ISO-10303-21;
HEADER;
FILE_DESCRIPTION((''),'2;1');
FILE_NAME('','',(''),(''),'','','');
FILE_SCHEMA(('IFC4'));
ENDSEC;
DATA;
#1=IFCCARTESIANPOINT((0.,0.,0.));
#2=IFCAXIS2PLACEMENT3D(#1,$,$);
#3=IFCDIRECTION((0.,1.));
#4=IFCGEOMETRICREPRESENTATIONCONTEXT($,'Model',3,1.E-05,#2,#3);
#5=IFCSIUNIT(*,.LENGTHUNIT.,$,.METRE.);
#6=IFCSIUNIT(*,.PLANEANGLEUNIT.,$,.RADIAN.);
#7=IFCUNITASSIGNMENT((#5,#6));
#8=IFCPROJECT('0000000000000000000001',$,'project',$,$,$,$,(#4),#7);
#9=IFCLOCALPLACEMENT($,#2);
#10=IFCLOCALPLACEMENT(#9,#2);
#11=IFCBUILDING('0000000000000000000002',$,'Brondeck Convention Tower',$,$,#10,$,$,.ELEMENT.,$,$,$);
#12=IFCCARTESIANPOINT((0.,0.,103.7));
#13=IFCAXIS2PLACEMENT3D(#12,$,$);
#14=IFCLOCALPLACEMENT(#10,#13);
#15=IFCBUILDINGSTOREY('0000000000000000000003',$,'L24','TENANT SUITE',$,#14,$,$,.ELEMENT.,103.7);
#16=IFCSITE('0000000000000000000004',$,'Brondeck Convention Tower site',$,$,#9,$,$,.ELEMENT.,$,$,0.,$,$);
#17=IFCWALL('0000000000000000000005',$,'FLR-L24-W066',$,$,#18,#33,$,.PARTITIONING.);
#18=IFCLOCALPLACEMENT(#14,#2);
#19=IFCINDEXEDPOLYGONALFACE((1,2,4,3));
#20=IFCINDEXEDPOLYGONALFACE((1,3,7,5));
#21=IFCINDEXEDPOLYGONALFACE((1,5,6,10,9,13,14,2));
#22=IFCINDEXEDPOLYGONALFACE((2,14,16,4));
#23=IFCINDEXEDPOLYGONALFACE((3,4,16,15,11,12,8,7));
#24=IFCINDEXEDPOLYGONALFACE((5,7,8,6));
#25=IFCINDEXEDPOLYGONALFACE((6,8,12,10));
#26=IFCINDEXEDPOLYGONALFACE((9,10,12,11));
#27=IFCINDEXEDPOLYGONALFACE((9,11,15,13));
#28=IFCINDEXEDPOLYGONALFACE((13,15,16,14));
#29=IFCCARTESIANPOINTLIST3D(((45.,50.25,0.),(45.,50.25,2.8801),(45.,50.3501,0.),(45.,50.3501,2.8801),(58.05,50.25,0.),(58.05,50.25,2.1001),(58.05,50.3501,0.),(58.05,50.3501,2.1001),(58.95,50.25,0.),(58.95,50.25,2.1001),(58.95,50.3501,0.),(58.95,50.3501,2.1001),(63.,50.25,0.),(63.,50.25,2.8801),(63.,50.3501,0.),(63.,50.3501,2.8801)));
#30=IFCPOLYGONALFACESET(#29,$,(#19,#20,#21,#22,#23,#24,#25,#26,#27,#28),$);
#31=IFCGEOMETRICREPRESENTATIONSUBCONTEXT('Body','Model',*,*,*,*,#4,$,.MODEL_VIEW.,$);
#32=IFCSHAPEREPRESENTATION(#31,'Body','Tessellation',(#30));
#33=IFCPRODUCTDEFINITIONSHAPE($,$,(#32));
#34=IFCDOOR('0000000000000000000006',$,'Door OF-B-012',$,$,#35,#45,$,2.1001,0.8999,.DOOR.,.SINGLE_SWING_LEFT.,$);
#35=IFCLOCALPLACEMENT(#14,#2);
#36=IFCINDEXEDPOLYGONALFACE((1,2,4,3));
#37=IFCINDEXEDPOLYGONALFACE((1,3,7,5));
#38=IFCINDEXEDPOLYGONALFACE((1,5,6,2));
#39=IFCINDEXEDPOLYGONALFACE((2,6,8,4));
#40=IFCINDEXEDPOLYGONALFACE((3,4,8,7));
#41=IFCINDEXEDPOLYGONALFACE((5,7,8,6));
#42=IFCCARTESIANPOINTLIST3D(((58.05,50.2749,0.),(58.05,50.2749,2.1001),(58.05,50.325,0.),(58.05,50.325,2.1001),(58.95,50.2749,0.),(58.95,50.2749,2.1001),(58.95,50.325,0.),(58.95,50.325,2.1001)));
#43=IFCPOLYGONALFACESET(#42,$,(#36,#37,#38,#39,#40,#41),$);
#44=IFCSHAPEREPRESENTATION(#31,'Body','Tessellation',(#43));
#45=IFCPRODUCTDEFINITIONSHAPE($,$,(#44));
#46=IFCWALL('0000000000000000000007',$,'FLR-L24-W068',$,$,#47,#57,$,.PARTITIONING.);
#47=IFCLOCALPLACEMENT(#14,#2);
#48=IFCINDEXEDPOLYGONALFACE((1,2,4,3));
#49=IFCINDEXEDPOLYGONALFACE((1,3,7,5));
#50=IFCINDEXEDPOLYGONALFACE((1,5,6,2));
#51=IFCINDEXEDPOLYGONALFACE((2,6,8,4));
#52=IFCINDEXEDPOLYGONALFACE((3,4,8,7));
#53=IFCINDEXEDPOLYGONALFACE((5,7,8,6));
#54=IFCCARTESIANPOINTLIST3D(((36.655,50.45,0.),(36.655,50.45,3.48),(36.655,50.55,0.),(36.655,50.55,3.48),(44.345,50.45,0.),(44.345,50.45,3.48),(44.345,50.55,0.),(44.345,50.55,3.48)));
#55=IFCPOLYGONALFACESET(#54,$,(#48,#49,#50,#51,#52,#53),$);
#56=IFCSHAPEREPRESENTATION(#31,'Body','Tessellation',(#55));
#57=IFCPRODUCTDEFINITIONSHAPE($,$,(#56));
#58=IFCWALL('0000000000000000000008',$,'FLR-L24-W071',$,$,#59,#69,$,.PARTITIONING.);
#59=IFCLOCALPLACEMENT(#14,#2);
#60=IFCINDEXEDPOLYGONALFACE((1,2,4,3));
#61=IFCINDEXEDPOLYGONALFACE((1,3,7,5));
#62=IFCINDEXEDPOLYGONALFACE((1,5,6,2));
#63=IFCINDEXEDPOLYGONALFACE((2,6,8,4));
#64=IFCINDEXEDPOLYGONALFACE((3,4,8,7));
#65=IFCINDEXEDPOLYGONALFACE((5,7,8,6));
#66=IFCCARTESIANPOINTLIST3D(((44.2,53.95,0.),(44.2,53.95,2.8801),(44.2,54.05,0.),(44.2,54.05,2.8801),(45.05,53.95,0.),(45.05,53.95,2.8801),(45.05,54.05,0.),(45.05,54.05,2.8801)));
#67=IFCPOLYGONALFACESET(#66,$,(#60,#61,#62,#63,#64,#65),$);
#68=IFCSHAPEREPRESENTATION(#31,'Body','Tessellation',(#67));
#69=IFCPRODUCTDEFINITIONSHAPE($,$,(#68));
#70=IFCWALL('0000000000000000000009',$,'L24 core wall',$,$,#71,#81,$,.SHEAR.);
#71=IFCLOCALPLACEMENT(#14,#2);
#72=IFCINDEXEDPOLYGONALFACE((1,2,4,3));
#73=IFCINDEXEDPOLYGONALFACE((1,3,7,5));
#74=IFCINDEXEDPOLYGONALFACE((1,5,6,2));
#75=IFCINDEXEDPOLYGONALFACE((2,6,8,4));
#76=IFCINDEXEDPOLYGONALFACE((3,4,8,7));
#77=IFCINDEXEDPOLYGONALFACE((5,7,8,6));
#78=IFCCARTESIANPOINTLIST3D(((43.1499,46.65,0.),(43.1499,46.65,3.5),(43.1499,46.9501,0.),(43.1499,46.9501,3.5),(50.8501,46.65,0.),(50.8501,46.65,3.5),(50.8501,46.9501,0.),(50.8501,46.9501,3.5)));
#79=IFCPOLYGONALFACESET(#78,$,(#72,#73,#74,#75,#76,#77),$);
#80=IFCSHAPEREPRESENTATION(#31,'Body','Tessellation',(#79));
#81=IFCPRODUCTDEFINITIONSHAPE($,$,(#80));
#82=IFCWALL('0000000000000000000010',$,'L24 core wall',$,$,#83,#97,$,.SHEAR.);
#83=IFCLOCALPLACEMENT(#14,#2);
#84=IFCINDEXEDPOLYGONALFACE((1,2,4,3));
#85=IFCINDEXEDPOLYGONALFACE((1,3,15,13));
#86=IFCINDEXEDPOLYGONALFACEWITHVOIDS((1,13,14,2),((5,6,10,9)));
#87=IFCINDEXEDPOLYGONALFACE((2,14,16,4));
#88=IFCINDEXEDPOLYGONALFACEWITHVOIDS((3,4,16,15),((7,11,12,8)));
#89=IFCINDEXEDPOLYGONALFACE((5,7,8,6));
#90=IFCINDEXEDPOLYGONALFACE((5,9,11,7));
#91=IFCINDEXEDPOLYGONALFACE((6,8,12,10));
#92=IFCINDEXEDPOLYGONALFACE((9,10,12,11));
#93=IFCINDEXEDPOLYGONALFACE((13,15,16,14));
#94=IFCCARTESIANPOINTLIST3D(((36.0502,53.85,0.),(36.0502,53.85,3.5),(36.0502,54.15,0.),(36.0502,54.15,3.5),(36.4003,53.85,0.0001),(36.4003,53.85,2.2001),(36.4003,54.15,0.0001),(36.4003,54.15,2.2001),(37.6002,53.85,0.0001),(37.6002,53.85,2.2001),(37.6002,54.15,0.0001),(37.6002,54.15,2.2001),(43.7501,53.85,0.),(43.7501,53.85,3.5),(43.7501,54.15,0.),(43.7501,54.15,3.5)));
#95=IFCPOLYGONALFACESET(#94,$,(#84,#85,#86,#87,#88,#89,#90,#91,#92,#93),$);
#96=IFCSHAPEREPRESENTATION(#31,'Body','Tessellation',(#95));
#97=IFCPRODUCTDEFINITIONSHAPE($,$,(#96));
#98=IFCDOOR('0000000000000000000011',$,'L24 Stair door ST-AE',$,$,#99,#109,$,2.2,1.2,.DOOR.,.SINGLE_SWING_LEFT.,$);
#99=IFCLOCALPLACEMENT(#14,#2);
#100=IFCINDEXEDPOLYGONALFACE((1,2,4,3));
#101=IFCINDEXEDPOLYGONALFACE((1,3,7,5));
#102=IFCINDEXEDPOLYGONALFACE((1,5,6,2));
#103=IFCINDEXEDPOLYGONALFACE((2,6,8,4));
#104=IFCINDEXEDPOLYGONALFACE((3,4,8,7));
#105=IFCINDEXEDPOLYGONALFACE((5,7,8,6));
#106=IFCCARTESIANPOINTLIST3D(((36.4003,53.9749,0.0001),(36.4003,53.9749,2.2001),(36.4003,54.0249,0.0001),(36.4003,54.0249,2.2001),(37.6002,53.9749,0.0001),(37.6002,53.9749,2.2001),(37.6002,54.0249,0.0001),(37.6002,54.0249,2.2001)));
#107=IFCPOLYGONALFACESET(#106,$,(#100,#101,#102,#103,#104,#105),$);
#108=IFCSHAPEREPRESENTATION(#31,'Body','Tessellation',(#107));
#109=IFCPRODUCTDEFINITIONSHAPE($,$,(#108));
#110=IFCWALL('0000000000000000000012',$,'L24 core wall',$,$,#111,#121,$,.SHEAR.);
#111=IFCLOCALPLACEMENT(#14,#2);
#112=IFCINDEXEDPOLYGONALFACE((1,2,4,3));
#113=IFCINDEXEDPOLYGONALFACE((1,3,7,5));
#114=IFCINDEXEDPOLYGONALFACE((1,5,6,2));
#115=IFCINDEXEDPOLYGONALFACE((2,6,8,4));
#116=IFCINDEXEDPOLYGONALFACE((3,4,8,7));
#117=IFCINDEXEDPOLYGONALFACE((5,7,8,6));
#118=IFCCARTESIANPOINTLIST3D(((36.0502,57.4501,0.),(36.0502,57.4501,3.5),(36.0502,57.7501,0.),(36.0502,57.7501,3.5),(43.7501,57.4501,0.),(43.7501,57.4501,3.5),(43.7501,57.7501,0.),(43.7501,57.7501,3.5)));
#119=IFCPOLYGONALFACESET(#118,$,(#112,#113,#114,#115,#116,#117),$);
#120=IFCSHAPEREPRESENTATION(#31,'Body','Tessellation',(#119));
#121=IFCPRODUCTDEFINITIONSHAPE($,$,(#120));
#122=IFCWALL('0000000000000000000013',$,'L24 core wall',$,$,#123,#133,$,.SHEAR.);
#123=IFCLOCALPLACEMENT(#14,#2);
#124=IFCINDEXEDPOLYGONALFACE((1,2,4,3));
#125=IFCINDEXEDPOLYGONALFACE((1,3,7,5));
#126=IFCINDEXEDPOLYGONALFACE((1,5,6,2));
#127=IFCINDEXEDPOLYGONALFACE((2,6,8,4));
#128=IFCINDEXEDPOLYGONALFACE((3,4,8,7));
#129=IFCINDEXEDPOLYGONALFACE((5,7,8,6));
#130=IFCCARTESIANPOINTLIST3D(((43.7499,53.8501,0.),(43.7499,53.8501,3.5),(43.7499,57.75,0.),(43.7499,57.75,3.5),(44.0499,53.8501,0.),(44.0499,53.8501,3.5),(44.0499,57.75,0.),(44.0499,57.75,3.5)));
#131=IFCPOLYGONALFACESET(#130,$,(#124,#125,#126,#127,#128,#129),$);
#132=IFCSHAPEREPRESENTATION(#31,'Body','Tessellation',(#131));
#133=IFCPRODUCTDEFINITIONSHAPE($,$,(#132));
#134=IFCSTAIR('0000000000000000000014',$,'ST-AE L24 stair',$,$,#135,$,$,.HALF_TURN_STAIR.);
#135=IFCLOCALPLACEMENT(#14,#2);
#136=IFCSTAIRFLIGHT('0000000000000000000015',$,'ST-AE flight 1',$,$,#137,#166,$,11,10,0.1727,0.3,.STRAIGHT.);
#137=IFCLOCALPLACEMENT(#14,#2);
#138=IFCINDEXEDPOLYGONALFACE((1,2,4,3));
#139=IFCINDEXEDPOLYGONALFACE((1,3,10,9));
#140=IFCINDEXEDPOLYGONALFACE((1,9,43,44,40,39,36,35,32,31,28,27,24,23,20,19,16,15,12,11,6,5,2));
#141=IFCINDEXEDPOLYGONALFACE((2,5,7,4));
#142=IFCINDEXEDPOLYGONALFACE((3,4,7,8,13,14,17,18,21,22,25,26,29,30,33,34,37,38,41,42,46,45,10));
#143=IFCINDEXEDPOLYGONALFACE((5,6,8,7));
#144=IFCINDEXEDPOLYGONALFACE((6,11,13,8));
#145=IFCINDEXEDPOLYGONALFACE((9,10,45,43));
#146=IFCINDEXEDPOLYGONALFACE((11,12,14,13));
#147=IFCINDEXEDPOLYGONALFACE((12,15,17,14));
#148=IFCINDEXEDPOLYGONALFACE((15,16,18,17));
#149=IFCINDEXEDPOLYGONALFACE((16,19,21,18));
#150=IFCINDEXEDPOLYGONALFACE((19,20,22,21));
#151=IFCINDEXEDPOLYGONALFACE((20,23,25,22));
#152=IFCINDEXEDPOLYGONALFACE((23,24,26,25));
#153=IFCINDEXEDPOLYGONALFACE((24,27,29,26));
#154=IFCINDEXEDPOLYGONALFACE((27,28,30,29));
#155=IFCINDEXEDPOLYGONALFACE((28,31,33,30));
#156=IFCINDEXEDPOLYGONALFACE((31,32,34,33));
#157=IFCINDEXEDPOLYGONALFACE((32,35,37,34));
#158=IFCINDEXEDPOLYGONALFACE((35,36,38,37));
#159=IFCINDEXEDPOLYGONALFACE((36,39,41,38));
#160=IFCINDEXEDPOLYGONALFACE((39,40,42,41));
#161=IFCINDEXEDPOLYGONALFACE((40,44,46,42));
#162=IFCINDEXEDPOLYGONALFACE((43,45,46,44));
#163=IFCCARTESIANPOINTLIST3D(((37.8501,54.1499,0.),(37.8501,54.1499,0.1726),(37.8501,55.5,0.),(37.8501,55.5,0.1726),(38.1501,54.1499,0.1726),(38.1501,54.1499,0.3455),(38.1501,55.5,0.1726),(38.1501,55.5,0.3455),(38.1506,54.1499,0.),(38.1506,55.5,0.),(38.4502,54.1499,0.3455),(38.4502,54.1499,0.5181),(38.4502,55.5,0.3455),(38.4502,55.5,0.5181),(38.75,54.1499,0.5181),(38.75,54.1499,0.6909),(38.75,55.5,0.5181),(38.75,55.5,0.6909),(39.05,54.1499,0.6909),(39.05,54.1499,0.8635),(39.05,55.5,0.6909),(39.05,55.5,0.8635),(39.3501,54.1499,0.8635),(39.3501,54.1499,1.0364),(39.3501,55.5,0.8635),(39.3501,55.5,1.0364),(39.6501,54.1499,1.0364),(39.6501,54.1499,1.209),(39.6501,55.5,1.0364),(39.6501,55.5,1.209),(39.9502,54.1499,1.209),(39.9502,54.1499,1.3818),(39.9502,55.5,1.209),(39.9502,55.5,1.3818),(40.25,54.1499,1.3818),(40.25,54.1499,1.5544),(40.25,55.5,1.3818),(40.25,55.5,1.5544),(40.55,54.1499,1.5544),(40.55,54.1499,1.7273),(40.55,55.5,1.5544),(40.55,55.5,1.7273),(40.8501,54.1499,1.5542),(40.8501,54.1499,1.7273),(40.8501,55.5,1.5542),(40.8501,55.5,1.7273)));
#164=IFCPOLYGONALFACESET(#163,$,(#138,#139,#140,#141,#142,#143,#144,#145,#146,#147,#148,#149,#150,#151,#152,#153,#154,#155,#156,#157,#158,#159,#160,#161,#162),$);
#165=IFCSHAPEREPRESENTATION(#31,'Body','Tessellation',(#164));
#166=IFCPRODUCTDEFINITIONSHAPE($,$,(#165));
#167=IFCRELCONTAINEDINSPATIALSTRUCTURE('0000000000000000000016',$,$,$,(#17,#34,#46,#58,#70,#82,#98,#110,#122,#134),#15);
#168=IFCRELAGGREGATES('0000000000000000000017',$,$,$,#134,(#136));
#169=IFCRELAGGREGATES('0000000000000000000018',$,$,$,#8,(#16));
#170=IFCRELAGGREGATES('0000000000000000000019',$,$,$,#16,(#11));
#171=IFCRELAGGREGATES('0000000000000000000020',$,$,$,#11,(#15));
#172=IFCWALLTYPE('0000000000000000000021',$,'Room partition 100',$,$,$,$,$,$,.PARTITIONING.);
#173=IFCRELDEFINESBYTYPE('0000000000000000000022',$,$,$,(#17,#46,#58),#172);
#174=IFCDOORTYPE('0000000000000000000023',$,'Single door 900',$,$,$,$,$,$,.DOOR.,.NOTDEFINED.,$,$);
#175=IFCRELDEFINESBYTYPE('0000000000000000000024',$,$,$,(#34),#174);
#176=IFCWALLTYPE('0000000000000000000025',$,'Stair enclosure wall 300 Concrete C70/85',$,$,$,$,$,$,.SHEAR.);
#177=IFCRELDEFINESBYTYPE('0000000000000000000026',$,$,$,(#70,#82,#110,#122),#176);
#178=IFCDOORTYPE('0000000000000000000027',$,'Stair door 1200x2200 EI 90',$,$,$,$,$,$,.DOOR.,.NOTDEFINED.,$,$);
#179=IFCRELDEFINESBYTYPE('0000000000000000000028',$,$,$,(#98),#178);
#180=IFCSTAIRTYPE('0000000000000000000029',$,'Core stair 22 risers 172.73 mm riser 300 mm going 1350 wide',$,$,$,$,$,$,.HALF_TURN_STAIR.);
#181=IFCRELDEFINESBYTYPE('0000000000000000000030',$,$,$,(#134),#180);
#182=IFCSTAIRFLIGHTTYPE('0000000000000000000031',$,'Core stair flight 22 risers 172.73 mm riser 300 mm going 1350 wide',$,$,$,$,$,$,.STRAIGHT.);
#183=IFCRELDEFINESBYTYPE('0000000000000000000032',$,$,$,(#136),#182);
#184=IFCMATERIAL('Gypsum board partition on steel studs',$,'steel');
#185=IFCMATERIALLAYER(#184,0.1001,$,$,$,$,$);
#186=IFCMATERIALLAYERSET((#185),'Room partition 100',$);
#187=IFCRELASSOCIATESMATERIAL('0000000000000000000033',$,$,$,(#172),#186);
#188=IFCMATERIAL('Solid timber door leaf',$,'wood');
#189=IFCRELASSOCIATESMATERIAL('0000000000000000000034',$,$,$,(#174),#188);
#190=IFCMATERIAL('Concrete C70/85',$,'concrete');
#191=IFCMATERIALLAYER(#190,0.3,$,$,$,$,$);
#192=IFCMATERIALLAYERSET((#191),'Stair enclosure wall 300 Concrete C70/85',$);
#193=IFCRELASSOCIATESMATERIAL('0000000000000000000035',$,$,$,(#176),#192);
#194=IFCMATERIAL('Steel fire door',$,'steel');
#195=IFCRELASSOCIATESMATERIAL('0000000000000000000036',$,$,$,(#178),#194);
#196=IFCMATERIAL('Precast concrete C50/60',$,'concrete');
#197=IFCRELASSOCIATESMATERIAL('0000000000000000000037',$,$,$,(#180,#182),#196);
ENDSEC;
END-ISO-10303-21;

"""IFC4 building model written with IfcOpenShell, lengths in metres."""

from ifc_helpers import new_model, si_unit, direction, frame, frame_2d, origin, place, context, subcontext, project, spatial, polyline, rectangle, outline, extrude, material, layer, layer_set, type_object, element, fill, aggregate, save


model = new_model("IFC4")

# Units and contexts
model_context = context("Model", 3, precision=1e-05, world=origin(), true_north=direction((0.0, 1.0)))
body_context = subcontext(model_context, "Body", "Model", "MODEL_VIEW")
ifc_project = project(units=[si_unit("LENGTHUNIT", "METRE"), si_unit("PLANEANGLEUNIT", "RADIAN")], contexts=[model_context])

# Site, building, storey
site_placement = place(None, origin())
site = spatial("IfcSite", under=ifc_project, at=site_placement, Name="Brondeck Convention Tower site", CompositionType="ELEMENT", RefElevation=0.0)
building_placement = place(site_placement, origin())
building = spatial("IfcBuilding", under=site, at=building_placement, Name="Brondeck Convention Tower", CompositionType="ELEMENT")
storey_placement = place(building_placement, frame((0.0, 0.0, 103.7)))
storey = spatial("IfcBuildingStorey", under=building, at=storey_placement, Name="L24", Description="TENANT SUITE", CompositionType="ELEMENT", Elevation=103.7)

# Shared definitions
ifc_material_1 = material(Name="Concrete C70/85", Category="concrete")

# Shared definitions
ifc_material_2 = material(Name="Gypsum board partition on steel studs", Category="steel")
ifc_layer_1 = layer(ifc_material_2, 0.1001)
ifc_layer_set_1 = layer_set([ifc_layer_1], Name="Room partition 100")
wall_type_1 = type_object("IfcWallType", Name="Room partition 100", PredefinedType="PARTITIONING", material=ifc_layer_set_1)

# Wall, opening, door
ifc_material_3 = material(Name="Solid timber door leaf", Category="wood")
door_type_1 = type_object("IfcDoorType", Name="Single door 900", OperationType="NOTDEFINED", PredefinedType="DOOR", material=ifc_material_3)
wall_1_placement = place(storey_placement, frame((45.0, 50.3, 0.0), z_axis=(0.0, 0.0, 1.0), x_axis=(1.0, 0.0, 0.0)))
wall_1 = element("IfcWall", 1, at=wall_1_placement, inside=storey, type_object=wall_type_1, Name="FLR-L24-W066", PredefinedType="PARTITIONING", context=body_context, shape_type="SweptSolid", body=[
    extrude(rectangle(XDim=18.0, YDim=0.1001, at=frame_2d((9.0, 0.0))), origin(), (0.0, 0.0, 1.0), 2.8801),
])
opening_1_placement = place(wall_1_placement, frame((13.05, 0.0, 0.0)))
opening_1 = element("IfcOpeningElement", 2, at=opening_1_placement, cuts=wall_1, PredefinedType="OPENING", context=body_context, shape_type="SweptSolid", body=[
    extrude(rectangle(XDim=0.8999, YDim=2.1001, at=frame_2d((0.45, 1.05))), frame((0.0, 0.0601, 0.0), z_axis=(0.0, -1.0, 0.0), x_axis=(1.0, 0.0, 0.0)), (0.0, 0.0, 1.0), 0.1201),
])
door_1_placement = place(opening_1_placement, origin())
door_1 = element("IfcDoor", 3, at=door_1_placement, inside=storey, type_object=door_type_1, Name="Door OF-B-012", OperationType="SINGLE_SWING_LEFT", OverallHeight=2.1001, OverallWidth=0.8999, PredefinedType="DOOR", context=body_context, shape_type="SweptSolid", body=[
    extrude(rectangle(XDim=0.8999, YDim=2.1001, at=frame_2d((0.45, 1.05))), frame((0.0, 0.0249, 0.0), z_axis=(0.0, -1.0, 0.0), x_axis=(1.0, 0.0, 0.0)), (0.0, 0.0, 1.0), 0.05),
])
fill(opening_1, door_1)

# Walls
wall_2_placement = place(storey_placement, frame((44.345, 50.5, 0.0), z_axis=(0.0, 0.0, 1.0), x_axis=(-1.0, 0.0, 0.0)))
element("IfcWall", 4, at=wall_2_placement, inside=storey, type_object=wall_type_1, Name="FLR-L24-W068", PredefinedType="PARTITIONING", context=body_context, shape_type="SweptSolid", body=[
    extrude(rectangle(XDim=7.6899, YDim=0.1001, at=frame_2d((3.845, 0.0))), origin(), (0.0, 0.0, 1.0), 3.48),
])
wall_3_placement = place(storey_placement, frame((44.2, 54.0, 0.0), z_axis=(0.0, 0.0, 1.0), x_axis=(1.0, 0.0, 0.0)))
element("IfcWall", 5, at=wall_3_placement, inside=storey, type_object=wall_type_1, Name="FLR-L24-W071", PredefinedType="PARTITIONING", context=body_context, shape_type="SweptSolid", body=[
    extrude(rectangle(XDim=0.8501, YDim=0.1001, at=frame_2d((0.425, 0.0))), origin(), (0.0, 0.0, 1.0), 2.8801),
])
ifc_layer_2 = layer(ifc_material_1, 0.3)
ifc_layer_set_2 = layer_set([ifc_layer_2], Name="Stair enclosure wall 300 Concrete C70/85")
wall_type_2 = type_object("IfcWallType", Name="Stair enclosure wall 300 Concrete C70/85", PredefinedType="SHEAR", material=ifc_layer_set_2)
wall_4_placement = place(storey_placement, frame((43.1499, 46.8, 0.0), z_axis=(0.0, 0.0, 1.0), x_axis=(1.0, 0.0, 0.0)))
element("IfcWall", 6, at=wall_4_placement, inside=storey, type_object=wall_type_2, Name="L24 core wall", PredefinedType="SHEAR", context=body_context, shape_type="SweptSolid", body=[
    extrude(rectangle(XDim=7.7002, YDim=0.3, at=frame_2d((3.8501, 0.0))), origin(), (0.0, 0.0, 1.0), 3.5),
])

# Wall, opening, door
wall_5_placement = place(storey_placement, frame((36.05, 54.0, 0.0), z_axis=(0.0, 0.0, 1.0), x_axis=(1.0, 0.0, 0.0)))
wall_5 = element("IfcWall", 7, at=wall_5_placement, inside=storey, type_object=wall_type_2, Name="L24 core wall", PredefinedType="SHEAR", context=body_context, shape_type="SweptSolid", body=[
    extrude(rectangle(XDim=7.7, YDim=0.3, at=frame_2d((3.8501, 0.0))), origin(), (0.0, 0.0, 1.0), 3.5),
])
opening_2_placement = place(wall_5_placement, frame((0.3501, 0.0, 0.0)))
opening_2 = element("IfcOpeningElement", 8, at=opening_2_placement, cuts=wall_5, PredefinedType="OPENING", context=body_context, shape_type="SweptSolid", body=[
    extrude(rectangle(XDim=1.2, YDim=2.2, at=frame_2d((0.6001, 1.1001))), frame((0.0, 0.1599, 0.0), z_axis=(0.0, -1.0, 0.0), x_axis=(1.0, 0.0, 0.0)), (0.0, 0.0, 1.0), 0.3201),
])
ifc_material_4 = material(Name="Steel fire door", Category="steel")
door_type_2 = type_object("IfcDoorType", Name="Stair door 1200x2200 EI 90", OperationType="NOTDEFINED", PredefinedType="DOOR", material=ifc_material_4)
door_2_placement = place(opening_2_placement, origin())
door_2 = element("IfcDoor", 9, at=door_2_placement, inside=storey, type_object=door_type_2, Name="L24 Stair door ST-AE", OperationType="SINGLE_SWING_LEFT", OverallHeight=2.2, OverallWidth=1.2, PredefinedType="DOOR", context=body_context, shape_type="SweptSolid", body=[
    extrude(rectangle(XDim=1.2, YDim=2.2, at=frame_2d((0.6001, 1.1001))), frame((0.0, 0.0249, 0.0), z_axis=(0.0, -1.0, 0.0), x_axis=(1.0, 0.0, 0.0)), (0.0, 0.0, 1.0), 0.05),
])
fill(opening_2, door_2)

# Walls
wall_6_placement = place(storey_placement, frame((36.05, 57.6001, 0.0), z_axis=(0.0, 0.0, 1.0), x_axis=(1.0, 0.0, 0.0)))
element("IfcWall", 10, at=wall_6_placement, inside=storey, type_object=wall_type_2, Name="L24 core wall", PredefinedType="SHEAR", context=body_context, shape_type="SweptSolid", body=[
    extrude(rectangle(XDim=7.7, YDim=0.3, at=frame_2d((3.8501, 0.0))), origin(), (0.0, 0.0, 1.0), 3.5),
])
wall_7_placement = place(storey_placement, frame((43.8999, 53.8501, 0.0), z_axis=(0.0, 0.0, 1.0), x_axis=(0.0, 1.0, 0.0)))
element("IfcWall", 11, at=wall_7_placement, inside=storey, type_object=wall_type_2, Name="L24 core wall", PredefinedType="SHEAR", context=body_context, shape_type="SweptSolid", body=[
    extrude(rectangle(XDim=3.8999, YDim=0.3, at=frame_2d((1.95, 0.0))), origin(), (0.0, 0.0, 1.0), 3.5),
])

# Stair, stair flight
ifc_material_5 = material(Name="Precast concrete C50/60", Category="concrete")
stair_type = type_object("IfcStairType", Name="Core stair 22 risers 172.73 mm riser 300 mm going 1350 wide", PredefinedType="HALF_TURN_STAIR", material=ifc_material_5)
stair_placement = place(storey_placement, origin())
stair = element("IfcStair", 12, at=stair_placement, inside=storey, type_object=stair_type, Name="ST-AE L24 stair", PredefinedType="HALF_TURN_STAIR")
stair_flight_type = type_object("IfcStairFlightType", Name="Core stair flight 22 risers 172.73 mm riser 300 mm going 1350 wide", PredefinedType="STRAIGHT", material=ifc_material_5)
stair_flight_1_placement = place(storey_placement, frame((37.8501, 54.825, 0.0), z_axis=(0.0, 0.0, 1.0), x_axis=(1.0, 0.0, 0.0)))
stair_flight_1 = element("IfcStairFlight", 13, at=stair_flight_1_placement, type_object=stair_flight_type, Name="ST-AE flight 1", NumberOfRisers=11, NumberOfTreads=10, PredefinedType="STRAIGHT", RiserHeight=0.1727, TreadLength=0.3, context=body_context, shape_type="SweptSolid", body=[
    extrude(outline(polyline([(0.0, 0.0), (0.0, 0.1726), (0.3, 0.1726), (0.3, 0.3455), (0.6001, 0.3455), (0.6001, 0.5181), (0.8999, 0.5181), (0.8999, 0.6909), (1.2, 0.6909), (1.2, 0.8635), (1.5, 0.8635), (1.5, 1.0364), (1.8, 1.0364), (1.8, 1.209), (2.1001, 1.209), (2.1001, 1.3818), (2.3999, 1.3818), (2.3999, 1.5544), (2.7, 1.5544), (2.7, 1.7273), (3.0, 1.7273), (3.0, 1.8999), (3.0, 1.5542), (0.3005, 0.0), (0.0, 0.0)])), frame((0.0, 0.675, 0.0), z_axis=(0.0, -1.0, 0.0), x_axis=(1.0, 0.0, 0.0)), (0.0, 0.0, 1.0), 1.3501),
])
aggregate(stair, [stair_flight_1])

save(model, "model.ifc")
